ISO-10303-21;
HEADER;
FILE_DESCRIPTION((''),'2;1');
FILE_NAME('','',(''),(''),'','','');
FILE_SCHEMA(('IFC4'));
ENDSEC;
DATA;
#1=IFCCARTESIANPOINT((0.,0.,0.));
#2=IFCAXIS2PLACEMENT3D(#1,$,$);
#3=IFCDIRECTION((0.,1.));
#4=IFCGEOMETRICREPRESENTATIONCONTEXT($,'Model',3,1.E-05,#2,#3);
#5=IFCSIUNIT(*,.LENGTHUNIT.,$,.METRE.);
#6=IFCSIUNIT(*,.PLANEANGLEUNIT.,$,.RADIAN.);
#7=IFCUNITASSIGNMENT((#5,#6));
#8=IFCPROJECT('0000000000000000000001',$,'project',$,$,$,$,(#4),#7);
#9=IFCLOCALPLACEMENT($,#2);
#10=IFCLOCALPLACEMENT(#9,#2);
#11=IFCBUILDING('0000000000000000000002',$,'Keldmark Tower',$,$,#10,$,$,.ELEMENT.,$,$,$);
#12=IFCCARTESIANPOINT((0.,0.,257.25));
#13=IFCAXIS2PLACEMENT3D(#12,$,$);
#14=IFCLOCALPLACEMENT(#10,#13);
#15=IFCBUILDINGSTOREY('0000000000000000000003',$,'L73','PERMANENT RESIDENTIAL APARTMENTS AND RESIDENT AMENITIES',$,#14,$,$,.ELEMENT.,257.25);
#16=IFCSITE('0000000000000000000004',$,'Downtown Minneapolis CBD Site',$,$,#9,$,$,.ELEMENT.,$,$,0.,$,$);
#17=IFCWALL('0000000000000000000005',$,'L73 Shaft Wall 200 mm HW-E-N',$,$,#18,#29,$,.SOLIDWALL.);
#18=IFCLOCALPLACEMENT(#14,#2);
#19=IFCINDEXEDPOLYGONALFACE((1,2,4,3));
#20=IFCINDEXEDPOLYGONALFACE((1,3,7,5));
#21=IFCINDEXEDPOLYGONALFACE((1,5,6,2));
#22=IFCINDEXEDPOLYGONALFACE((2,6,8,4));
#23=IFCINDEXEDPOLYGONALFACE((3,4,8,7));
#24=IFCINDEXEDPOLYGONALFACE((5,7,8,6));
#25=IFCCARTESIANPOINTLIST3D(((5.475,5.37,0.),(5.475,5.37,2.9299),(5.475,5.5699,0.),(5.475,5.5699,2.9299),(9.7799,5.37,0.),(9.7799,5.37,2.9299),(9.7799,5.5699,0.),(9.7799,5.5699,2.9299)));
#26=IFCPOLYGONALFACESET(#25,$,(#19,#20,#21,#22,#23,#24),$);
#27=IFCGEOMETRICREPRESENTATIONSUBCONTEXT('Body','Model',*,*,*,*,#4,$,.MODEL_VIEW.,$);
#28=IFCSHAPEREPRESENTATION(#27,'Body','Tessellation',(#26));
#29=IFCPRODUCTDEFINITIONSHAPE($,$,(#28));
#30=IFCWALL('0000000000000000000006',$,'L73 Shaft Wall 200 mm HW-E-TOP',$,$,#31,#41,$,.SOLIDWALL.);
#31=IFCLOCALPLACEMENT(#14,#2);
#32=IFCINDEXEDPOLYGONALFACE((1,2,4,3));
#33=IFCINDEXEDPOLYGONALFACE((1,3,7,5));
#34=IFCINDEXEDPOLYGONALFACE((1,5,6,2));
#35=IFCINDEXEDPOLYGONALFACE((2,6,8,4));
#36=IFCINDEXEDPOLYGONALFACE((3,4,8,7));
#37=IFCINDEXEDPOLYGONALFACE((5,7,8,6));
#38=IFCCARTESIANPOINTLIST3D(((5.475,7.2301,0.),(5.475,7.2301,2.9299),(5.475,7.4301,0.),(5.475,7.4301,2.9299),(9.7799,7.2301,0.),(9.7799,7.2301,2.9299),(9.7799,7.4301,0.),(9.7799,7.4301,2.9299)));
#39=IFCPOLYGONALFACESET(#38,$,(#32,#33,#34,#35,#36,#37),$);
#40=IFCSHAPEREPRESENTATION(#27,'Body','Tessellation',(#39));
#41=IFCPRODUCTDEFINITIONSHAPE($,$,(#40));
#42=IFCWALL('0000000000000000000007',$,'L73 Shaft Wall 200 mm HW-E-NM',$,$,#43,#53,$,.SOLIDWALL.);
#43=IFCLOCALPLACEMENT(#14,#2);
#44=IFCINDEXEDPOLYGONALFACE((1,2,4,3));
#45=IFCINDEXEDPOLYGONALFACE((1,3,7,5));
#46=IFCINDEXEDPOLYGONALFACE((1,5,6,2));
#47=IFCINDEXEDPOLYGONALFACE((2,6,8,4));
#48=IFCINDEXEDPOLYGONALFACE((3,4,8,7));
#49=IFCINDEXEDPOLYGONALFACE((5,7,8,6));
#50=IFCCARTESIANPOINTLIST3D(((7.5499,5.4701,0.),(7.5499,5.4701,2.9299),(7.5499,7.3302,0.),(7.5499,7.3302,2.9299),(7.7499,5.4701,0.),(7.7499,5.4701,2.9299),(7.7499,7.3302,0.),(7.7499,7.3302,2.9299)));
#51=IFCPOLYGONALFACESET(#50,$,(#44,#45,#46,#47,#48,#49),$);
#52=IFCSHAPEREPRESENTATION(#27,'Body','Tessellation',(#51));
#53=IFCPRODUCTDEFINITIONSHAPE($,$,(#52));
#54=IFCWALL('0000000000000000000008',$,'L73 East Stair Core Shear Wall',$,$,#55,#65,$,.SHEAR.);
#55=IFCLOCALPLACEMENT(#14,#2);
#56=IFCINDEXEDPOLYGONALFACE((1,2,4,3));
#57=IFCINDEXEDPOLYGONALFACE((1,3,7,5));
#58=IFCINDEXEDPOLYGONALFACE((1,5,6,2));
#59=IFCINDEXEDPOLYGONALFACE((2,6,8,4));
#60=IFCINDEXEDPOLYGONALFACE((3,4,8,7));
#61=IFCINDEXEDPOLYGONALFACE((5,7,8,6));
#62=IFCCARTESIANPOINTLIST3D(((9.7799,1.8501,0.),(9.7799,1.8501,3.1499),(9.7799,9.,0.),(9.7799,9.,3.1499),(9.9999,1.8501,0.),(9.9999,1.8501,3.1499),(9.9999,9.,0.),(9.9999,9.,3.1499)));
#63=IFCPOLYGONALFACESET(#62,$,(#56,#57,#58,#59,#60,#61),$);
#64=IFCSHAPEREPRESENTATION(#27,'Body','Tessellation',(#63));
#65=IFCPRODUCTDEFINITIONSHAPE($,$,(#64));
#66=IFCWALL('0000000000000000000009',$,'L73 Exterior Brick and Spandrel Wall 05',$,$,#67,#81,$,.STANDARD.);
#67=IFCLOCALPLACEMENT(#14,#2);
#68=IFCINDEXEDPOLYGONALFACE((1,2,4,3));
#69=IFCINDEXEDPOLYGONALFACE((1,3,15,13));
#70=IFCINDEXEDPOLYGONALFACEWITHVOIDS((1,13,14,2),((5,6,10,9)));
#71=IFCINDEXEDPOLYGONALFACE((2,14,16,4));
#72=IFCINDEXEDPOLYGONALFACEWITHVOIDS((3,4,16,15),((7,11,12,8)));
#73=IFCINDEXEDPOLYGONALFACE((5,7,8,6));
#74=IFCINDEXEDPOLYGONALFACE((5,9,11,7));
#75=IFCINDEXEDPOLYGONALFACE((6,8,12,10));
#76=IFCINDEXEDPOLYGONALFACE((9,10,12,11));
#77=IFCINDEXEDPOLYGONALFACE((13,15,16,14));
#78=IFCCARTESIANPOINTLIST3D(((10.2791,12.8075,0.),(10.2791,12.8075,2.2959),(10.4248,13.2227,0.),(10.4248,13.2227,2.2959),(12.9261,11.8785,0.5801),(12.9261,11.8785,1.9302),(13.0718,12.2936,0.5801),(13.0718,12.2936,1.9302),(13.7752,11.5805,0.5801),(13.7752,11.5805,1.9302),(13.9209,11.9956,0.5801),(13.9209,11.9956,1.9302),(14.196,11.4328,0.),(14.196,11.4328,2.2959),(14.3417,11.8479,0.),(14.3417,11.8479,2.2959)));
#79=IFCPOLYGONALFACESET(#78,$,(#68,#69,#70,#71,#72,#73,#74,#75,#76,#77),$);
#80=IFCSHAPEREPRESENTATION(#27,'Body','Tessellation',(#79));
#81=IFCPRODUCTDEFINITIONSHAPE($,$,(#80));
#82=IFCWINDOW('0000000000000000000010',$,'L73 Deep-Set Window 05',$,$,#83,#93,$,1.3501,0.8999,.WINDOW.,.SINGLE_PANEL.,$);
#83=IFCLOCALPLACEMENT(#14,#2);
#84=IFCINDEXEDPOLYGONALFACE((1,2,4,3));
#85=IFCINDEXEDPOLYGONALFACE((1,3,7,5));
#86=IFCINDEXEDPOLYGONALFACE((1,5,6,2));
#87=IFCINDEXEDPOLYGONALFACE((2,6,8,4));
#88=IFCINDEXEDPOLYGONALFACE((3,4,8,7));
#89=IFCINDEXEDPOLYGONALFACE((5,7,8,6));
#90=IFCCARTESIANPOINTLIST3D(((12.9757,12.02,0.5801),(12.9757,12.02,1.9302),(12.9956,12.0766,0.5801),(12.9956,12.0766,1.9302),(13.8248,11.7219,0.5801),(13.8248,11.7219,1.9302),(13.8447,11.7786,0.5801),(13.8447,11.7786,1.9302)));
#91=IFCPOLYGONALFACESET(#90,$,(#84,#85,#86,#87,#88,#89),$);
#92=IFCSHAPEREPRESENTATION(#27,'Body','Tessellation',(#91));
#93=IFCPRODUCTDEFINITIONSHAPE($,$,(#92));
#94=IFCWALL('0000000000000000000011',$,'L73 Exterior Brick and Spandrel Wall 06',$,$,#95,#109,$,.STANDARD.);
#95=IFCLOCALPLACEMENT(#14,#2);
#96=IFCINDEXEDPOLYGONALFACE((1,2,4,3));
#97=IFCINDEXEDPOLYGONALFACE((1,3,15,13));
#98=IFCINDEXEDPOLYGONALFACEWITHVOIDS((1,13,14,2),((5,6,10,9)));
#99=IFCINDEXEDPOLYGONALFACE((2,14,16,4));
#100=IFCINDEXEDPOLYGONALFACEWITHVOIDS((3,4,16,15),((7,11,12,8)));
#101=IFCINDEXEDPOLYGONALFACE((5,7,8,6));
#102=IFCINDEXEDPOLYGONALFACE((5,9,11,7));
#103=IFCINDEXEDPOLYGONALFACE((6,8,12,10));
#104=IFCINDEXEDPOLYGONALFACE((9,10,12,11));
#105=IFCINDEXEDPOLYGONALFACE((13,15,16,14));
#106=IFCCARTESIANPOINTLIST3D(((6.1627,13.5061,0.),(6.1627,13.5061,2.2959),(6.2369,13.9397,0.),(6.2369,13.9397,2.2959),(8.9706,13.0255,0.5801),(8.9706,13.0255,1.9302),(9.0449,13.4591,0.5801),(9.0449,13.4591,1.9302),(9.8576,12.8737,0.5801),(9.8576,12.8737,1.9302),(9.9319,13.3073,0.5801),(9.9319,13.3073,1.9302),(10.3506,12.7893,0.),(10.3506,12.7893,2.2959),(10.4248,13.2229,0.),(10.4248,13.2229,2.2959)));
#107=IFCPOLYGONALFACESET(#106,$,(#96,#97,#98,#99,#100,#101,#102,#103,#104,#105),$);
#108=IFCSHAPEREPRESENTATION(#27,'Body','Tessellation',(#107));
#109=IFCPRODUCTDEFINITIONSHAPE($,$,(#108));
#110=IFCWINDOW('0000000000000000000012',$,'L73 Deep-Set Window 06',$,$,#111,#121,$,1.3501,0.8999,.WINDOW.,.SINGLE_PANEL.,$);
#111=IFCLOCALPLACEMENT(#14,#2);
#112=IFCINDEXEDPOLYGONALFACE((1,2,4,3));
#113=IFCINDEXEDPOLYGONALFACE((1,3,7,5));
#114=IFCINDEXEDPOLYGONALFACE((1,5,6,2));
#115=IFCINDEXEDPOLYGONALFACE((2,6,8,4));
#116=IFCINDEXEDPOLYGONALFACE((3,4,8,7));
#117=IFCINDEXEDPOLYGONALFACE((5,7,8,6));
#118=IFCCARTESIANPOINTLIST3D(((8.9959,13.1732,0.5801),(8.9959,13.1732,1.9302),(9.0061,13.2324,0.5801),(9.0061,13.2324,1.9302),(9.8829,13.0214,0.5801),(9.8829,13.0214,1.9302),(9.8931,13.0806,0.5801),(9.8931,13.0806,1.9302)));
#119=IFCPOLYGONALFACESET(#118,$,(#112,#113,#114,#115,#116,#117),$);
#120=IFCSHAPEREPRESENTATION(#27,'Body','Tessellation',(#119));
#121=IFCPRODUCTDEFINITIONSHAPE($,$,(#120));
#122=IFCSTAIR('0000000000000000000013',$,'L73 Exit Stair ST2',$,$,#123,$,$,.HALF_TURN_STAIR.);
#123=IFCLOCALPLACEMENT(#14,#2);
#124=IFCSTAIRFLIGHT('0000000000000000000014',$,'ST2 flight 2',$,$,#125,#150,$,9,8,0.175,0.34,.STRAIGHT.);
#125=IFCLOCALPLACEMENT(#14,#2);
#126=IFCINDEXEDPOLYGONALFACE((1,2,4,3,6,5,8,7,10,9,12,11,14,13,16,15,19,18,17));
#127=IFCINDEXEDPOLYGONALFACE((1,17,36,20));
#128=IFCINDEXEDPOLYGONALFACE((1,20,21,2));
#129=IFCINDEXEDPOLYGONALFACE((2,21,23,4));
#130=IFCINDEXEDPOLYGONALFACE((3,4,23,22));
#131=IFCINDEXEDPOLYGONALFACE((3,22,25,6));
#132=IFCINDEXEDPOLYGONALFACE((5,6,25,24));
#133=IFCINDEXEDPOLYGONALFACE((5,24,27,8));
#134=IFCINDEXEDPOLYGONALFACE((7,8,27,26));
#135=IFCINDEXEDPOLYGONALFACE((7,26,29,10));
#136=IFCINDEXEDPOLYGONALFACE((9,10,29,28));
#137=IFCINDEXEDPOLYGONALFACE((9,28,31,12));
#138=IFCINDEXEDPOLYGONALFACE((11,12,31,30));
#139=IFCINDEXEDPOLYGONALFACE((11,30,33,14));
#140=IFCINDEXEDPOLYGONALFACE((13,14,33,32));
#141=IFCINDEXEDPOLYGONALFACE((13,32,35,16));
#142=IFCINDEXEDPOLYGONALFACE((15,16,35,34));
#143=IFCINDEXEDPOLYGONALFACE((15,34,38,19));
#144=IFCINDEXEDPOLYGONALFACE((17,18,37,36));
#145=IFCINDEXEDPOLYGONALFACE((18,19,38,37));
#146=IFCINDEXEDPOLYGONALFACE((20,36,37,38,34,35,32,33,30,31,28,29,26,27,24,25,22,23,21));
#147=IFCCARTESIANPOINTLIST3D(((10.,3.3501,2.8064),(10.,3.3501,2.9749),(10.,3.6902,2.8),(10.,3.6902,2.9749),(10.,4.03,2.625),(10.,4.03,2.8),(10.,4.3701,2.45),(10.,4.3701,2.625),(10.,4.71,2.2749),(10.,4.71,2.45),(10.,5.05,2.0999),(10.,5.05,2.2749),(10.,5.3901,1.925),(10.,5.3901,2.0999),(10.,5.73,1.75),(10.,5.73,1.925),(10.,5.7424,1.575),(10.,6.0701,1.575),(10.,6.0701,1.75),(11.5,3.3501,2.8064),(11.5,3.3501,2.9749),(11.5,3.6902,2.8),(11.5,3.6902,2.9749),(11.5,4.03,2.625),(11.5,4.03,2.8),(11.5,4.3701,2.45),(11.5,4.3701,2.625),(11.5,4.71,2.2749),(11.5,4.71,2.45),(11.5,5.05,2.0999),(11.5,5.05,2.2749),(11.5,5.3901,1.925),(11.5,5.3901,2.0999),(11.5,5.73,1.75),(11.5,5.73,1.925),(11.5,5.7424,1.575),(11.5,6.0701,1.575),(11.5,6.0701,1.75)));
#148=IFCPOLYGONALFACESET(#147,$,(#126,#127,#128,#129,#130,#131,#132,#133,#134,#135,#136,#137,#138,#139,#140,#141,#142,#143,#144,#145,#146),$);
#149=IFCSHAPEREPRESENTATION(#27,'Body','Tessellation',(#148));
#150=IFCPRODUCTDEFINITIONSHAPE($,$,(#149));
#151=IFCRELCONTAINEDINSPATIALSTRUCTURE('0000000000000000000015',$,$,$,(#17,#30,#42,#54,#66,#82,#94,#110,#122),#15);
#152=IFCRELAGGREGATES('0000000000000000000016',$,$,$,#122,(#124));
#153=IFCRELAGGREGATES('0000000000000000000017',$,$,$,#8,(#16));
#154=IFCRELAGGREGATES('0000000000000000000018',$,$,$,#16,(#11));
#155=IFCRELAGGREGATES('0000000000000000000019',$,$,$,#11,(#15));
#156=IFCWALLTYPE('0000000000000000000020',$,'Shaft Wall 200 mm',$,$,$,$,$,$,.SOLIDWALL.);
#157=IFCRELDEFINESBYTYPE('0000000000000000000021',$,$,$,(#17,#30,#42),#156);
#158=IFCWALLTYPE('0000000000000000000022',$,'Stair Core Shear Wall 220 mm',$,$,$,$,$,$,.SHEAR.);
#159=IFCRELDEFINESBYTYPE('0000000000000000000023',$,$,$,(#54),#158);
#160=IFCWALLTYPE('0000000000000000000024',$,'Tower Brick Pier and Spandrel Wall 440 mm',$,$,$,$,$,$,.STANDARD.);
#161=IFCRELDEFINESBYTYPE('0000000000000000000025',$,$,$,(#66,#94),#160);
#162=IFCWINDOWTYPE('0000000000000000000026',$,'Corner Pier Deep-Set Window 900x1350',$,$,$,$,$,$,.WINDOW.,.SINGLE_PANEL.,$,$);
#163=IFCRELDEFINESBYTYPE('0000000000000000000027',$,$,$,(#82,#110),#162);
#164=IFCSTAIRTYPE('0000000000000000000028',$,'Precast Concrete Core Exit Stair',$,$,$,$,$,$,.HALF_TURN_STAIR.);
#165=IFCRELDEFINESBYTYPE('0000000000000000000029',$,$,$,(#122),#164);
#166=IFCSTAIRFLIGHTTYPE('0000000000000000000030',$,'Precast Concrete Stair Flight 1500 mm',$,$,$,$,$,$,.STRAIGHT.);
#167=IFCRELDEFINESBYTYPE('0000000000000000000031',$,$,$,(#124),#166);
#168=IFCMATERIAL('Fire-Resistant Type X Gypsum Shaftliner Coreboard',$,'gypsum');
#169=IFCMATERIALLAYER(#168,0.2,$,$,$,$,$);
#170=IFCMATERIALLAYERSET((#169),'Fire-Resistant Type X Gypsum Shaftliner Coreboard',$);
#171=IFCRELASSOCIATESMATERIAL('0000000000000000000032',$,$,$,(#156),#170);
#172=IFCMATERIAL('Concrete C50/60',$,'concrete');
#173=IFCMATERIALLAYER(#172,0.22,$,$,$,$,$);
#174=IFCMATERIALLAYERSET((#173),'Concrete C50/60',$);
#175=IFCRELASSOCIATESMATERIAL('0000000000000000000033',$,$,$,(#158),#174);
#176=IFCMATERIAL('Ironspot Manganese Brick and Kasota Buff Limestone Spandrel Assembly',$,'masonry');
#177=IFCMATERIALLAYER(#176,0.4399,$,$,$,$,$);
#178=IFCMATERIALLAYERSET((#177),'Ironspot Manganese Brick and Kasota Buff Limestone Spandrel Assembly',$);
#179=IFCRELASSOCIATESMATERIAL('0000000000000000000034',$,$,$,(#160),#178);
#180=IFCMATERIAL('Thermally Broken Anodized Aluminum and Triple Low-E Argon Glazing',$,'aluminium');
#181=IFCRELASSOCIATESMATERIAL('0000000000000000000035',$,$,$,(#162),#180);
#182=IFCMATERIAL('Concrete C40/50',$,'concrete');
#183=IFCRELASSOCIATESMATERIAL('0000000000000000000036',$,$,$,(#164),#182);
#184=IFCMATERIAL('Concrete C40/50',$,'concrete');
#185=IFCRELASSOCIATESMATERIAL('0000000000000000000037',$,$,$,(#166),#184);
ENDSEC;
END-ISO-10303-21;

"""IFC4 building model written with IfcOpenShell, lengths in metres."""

from ifc_helpers import new_model, si_unit, direction, frame, frame_2d, origin, place, context, subcontext, project, spatial, polyline, rectangle, outline, extrude, material, layer, layer_set, type_object, element, fill, aggregate, save


model = new_model("IFC4")

# Units and contexts
model_context = context("Model", 3, precision=1e-05, world=origin(), true_north=direction((0.0, 1.0)))
body_context = subcontext(model_context, "Body", "Model", "MODEL_VIEW")
ifc_project = project(units=[si_unit("LENGTHUNIT", "METRE"), si_unit("PLANEANGLEUNIT", "RADIAN")], contexts=[model_context])

# Site, building, storey
site_placement = place(None, origin())
site = spatial("IfcSite", under=ifc_project, at=site_placement, Name="Downtown Minneapolis CBD Site", CompositionType="ELEMENT", RefElevation=0.0)
building_placement = place(site_placement, origin())
building = spatial("IfcBuilding", under=site, at=building_placement, Name="Keldmark Tower", CompositionType="ELEMENT")
storey_placement = place(building_placement, frame((0.0, 0.0, 257.25)))
storey = spatial("IfcBuildingStorey", under=building, at=storey_placement, Name="L73", Description="PERMANENT RESIDENTIAL APARTMENTS AND RESIDENT AMENITIES", CompositionType="ELEMENT", Elevation=257.25)

# Shared definitions
ifc_material_1 = material(Name="Fire-Resistant Type X Gypsum Shaftliner Coreboard", Category="gypsum")
ifc_layer_1 = layer(ifc_material_1, 0.2)
ifc_layer_set_1 = layer_set([ifc_layer_1], Name="Fire-Resistant Type X Gypsum Shaftliner Coreboard")
wall_type_1 = type_object("IfcWallType", Name="Shaft Wall 200 mm", PredefinedType="SOLIDWALL", material=ifc_layer_set_1)

# Walls
for number, where, z_axis, x_axis, name in (
    (1, (5.4751, 5.47, 0.0), (0.0, 0.0, 1.0), (1.0, 0.0, 0.0), "L73 Shaft Wall 200 mm HW-E-N"),
    (2, (5.4751, 7.3301, 0.0), (0.0, 0.0, 1.0), (1.0, 0.0, 0.0), "L73 Shaft Wall 200 mm HW-E-TOP"),
):
    element("IfcWall", number, at=place(storey_placement, frame(where, z_axis=z_axis, x_axis=x_axis)), inside=storey, type_object=wall_type_1, Name=name, PredefinedType="SOLIDWALL", context=body_context, shape_type="SweptSolid", body=[
        extrude(rectangle(XDim=4.3049, YDim=0.2, at=frame_2d((2.1523, 0.0))), origin(), (0.0, 0.0, 1.0), 2.9299),
    ])
wall_1_placement = place(storey_placement, frame((7.6499, 5.47, 0.0), z_axis=(0.0, 0.0, 1.0), x_axis=(0.0, 1.0, 0.0)))
element("IfcWall", 3, at=wall_1_placement, inside=storey, type_object=wall_type_1, Name="L73 Shaft Wall 200 mm HW-E-NM", PredefinedType="SOLIDWALL", context=body_context, shape_type="SweptSolid", body=[
    extrude(rectangle(XDim=1.8601, YDim=0.2, at=frame_2d((0.9302, 0.0))), origin(), (0.0, 0.0, 1.0), 2.9299),
])
ifc_material_2 = material(Name="Concrete C50/60", Category="concrete")
ifc_layer_2 = layer(ifc_material_2, 0.22)
ifc_layer_set_2 = layer_set([ifc_layer_2], Name="Concrete C50/60")
wall_type_2 = type_object("IfcWallType", Name="Stair Core Shear Wall 220 mm", PredefinedType="SHEAR", material=ifc_layer_set_2)
wall_2_placement = place(storey_placement, frame((9.8899, 1.8501, 0.0), z_axis=(0.0, 0.0, 1.0), x_axis=(0.0, 1.0, 0.0)))
element("IfcWall", 4, at=wall_2_placement, inside=storey, type_object=wall_type_2, Name="L73 East Stair Core Shear Wall", PredefinedType="SHEAR", context=body_context, shape_type="SweptSolid", body=[
    extrude(rectangle(XDim=7.1499, YDim=0.22, at=frame_2d((3.575, 0.0))), origin(), (0.0, 0.0, 1.0), 3.1499),
])

# Walls, openings, windows
ifc_material_3 = material(Name="Ironspot Manganese Brick and Kasota Buff Limestone Spandrel Assembly", Category="masonry")
ifc_layer_3 = layer(ifc_material_3, 0.4399)
ifc_layer_set_3 = layer_set([ifc_layer_3], Name="Ironspot Manganese Brick and Kasota Buff Limestone Spandrel Assembly")
wall_type_3 = type_object("IfcWallType", Name="Tower Brick Pier and Spandrel Wall 440 mm", PredefinedType="STANDARD", material=ifc_layer_set_3)
wall_3_placement = place(storey_placement, frame((10.3518, 13.0151, 0.0), z_axis=(0.0, 0.0, 1.0), x_axis=(0.943572, -0.331168, 0.0)))
wall_3 = element("IfcWall", 5, at=wall_3_placement, inside=storey, type_object=wall_type_3, Name="L73 Exterior Brick and Spandrel Wall 05", PredefinedType="STANDARD", context=body_context, shape_type="SweptSolid", body=[
    extrude(rectangle(XDim=4.1511, YDim=0.4399, at=frame_2d((2.0757, 0.0))), origin(), (0.0, 0.0, 1.0), 2.2959),
])
opening_1_placement = place(wall_3_placement, frame((2.8054, 0.0, 0.5801)))
opening_1 = element("IfcOpeningElement", 6, at=opening_1_placement, cuts=wall_3, PredefinedType="OPENING", context=body_context, shape_type="SweptSolid", body=[
    extrude(rectangle(XDim=0.8999, YDim=1.3501, at=frame_2d((0.45, 0.675))), frame((0.0, 0.23, 0.0), z_axis=(0.0, -1.0, 0.0), x_axis=(1.0, 0.0, 0.0)), (0.0, 0.0, 1.0), 0.46),
])
ifc_material_4 = material(Name="Thermally Broken Anodized Aluminum and Triple Low-E Argon Glazing", Category="aluminium")
window_type = type_object("IfcWindowType", Name="Corner Pier Deep-Set Window 900x1350", PartitioningType="SINGLE_PANEL", PredefinedType="WINDOW", material=ifc_material_4)
window_1_placement = place(opening_1_placement, origin())
window_1 = element("IfcWindow", 7, at=window_1_placement, inside=storey, type_object=window_type, Name="L73 Deep-Set Window 05", OverallHeight=1.3501, OverallWidth=0.8999, PartitioningType="SINGLE_PANEL", PredefinedType="WINDOW", context=body_context, shape_type="SweptSolid", body=[
    extrude(rectangle(XDim=0.8999, YDim=1.3501, at=frame_2d((0.45, 0.675))), frame((0.0, -0.01, 0.0), z_axis=(0.0, -1.0, 0.0), x_axis=(1.0, 0.0, 0.0)), (0.0, 0.0, 1.0), 0.0601),
])
fill(opening_1, window_1)
wall_4_placement = place(storey_placement, frame((6.1997, 13.7229, 0.0), z_axis=(0.0, 0.0, 1.0), x_axis=(0.985667, -0.168702, 0.0)))
wall_4 = element("IfcWall", 8, at=wall_4_placement, inside=storey, type_object=wall_type_3, Name="L73 Exterior Brick and Spandrel Wall 06", PredefinedType="STANDARD", context=body_context, shape_type="SweptSolid", body=[
    extrude(rectangle(XDim=4.2488, YDim=0.4399, at=frame_2d((2.1245, 0.0))), origin(), (0.0, 0.0, 1.0), 2.2959),
])
opening_2_placement = place(wall_4_placement, frame((2.8489, 0.0, 0.5801)))
opening_2 = element("IfcOpeningElement", 9, at=opening_2_placement, cuts=wall_4, PredefinedType="OPENING", context=body_context, shape_type="SweptSolid", body=[
    extrude(rectangle(XDim=0.8999, YDim=1.3501, at=frame_2d((0.45, 0.675))), frame((0.0, 0.23, 0.0), z_axis=(0.0, -1.0, 0.0), x_axis=(1.0, 0.0, 0.0)), (0.0, 0.0, 1.0), 0.46),
])
window_2_placement = place(opening_2_placement, origin())
window_2 = element("IfcWindow", 10, at=window_2_placement, inside=storey, type_object=window_type, Name="L73 Deep-Set Window 06", OverallHeight=1.3501, OverallWidth=0.8999, PartitioningType="SINGLE_PANEL", PredefinedType="WINDOW", context=body_context, shape_type="SweptSolid", body=[
    extrude(rectangle(XDim=0.8999, YDim=1.3501, at=frame_2d((0.45, 0.675))), frame((0.0, -0.01, 0.0), z_axis=(0.0, -1.0, 0.0), x_axis=(1.0, 0.0, 0.0)), (0.0, 0.0, 1.0), 0.0601),
])
fill(opening_2, window_2)

# Stair, stair flight
ifc_material_5 = material(Name="Concrete C40/50", Category="concrete")
stair_type = type_object("IfcStairType", Name="Precast Concrete Core Exit Stair", PredefinedType="HALF_TURN_STAIR", material=ifc_material_5)
stair_placement = place(storey_placement, origin())
stair = element("IfcStair", 11, at=stair_placement, inside=storey, type_object=stair_type, Name="L73 Exit Stair ST2", PredefinedType="HALF_TURN_STAIR")
ifc_material_6 = material(Name="Concrete C40/50", Category="concrete")
stair_flight_type = type_object("IfcStairFlightType", Name="Precast Concrete Stair Flight 1500 mm", PredefinedType="STRAIGHT", material=ifc_material_6)
stair_flight_placement = place(storey_placement, frame((10.75, 6.0701, 1.575), z_axis=(0.0, 0.0, 1.0), x_axis=(0.0, -1.0, 0.0)))
stair_flight = element("IfcStairFlight", 12, at=stair_flight_placement, type_object=stair_flight_type, Name="ST2 flight 2", NumberOfRisers=9, NumberOfTreads=8, PredefinedType="STRAIGHT", RiserHeight=0.175, TreadLength=0.34, context=body_context, shape_type="SweptSolid", body=[
    extrude(outline(polyline([(0.0, 0.0), (0.0, 0.175), (0.3401, 0.175), (0.3401, 0.3501), (0.6799, 0.3501), (0.6799, 0.5249), (1.02, 0.5249), (1.02, 0.7), (1.3601, 0.7), (1.3601, 0.875), (1.7, 0.875), (1.7, 1.05), (2.04, 1.05), (2.04, 1.2251), (2.3799, 1.2251), (2.3799, 1.3999), (2.72, 1.3999), (2.72, 1.575), (2.72, 1.2314), (0.3276, 0.0), (0.0, 0.0)])), frame((0.0, 0.75, 0.0), z_axis=(0.0, -1.0, 0.0), x_axis=(1.0, 0.0, 0.0)), (0.0, 0.0, 1.0), 1.5),
])
aggregate(stair, [stair_flight])

save(model, "model.ifc")
